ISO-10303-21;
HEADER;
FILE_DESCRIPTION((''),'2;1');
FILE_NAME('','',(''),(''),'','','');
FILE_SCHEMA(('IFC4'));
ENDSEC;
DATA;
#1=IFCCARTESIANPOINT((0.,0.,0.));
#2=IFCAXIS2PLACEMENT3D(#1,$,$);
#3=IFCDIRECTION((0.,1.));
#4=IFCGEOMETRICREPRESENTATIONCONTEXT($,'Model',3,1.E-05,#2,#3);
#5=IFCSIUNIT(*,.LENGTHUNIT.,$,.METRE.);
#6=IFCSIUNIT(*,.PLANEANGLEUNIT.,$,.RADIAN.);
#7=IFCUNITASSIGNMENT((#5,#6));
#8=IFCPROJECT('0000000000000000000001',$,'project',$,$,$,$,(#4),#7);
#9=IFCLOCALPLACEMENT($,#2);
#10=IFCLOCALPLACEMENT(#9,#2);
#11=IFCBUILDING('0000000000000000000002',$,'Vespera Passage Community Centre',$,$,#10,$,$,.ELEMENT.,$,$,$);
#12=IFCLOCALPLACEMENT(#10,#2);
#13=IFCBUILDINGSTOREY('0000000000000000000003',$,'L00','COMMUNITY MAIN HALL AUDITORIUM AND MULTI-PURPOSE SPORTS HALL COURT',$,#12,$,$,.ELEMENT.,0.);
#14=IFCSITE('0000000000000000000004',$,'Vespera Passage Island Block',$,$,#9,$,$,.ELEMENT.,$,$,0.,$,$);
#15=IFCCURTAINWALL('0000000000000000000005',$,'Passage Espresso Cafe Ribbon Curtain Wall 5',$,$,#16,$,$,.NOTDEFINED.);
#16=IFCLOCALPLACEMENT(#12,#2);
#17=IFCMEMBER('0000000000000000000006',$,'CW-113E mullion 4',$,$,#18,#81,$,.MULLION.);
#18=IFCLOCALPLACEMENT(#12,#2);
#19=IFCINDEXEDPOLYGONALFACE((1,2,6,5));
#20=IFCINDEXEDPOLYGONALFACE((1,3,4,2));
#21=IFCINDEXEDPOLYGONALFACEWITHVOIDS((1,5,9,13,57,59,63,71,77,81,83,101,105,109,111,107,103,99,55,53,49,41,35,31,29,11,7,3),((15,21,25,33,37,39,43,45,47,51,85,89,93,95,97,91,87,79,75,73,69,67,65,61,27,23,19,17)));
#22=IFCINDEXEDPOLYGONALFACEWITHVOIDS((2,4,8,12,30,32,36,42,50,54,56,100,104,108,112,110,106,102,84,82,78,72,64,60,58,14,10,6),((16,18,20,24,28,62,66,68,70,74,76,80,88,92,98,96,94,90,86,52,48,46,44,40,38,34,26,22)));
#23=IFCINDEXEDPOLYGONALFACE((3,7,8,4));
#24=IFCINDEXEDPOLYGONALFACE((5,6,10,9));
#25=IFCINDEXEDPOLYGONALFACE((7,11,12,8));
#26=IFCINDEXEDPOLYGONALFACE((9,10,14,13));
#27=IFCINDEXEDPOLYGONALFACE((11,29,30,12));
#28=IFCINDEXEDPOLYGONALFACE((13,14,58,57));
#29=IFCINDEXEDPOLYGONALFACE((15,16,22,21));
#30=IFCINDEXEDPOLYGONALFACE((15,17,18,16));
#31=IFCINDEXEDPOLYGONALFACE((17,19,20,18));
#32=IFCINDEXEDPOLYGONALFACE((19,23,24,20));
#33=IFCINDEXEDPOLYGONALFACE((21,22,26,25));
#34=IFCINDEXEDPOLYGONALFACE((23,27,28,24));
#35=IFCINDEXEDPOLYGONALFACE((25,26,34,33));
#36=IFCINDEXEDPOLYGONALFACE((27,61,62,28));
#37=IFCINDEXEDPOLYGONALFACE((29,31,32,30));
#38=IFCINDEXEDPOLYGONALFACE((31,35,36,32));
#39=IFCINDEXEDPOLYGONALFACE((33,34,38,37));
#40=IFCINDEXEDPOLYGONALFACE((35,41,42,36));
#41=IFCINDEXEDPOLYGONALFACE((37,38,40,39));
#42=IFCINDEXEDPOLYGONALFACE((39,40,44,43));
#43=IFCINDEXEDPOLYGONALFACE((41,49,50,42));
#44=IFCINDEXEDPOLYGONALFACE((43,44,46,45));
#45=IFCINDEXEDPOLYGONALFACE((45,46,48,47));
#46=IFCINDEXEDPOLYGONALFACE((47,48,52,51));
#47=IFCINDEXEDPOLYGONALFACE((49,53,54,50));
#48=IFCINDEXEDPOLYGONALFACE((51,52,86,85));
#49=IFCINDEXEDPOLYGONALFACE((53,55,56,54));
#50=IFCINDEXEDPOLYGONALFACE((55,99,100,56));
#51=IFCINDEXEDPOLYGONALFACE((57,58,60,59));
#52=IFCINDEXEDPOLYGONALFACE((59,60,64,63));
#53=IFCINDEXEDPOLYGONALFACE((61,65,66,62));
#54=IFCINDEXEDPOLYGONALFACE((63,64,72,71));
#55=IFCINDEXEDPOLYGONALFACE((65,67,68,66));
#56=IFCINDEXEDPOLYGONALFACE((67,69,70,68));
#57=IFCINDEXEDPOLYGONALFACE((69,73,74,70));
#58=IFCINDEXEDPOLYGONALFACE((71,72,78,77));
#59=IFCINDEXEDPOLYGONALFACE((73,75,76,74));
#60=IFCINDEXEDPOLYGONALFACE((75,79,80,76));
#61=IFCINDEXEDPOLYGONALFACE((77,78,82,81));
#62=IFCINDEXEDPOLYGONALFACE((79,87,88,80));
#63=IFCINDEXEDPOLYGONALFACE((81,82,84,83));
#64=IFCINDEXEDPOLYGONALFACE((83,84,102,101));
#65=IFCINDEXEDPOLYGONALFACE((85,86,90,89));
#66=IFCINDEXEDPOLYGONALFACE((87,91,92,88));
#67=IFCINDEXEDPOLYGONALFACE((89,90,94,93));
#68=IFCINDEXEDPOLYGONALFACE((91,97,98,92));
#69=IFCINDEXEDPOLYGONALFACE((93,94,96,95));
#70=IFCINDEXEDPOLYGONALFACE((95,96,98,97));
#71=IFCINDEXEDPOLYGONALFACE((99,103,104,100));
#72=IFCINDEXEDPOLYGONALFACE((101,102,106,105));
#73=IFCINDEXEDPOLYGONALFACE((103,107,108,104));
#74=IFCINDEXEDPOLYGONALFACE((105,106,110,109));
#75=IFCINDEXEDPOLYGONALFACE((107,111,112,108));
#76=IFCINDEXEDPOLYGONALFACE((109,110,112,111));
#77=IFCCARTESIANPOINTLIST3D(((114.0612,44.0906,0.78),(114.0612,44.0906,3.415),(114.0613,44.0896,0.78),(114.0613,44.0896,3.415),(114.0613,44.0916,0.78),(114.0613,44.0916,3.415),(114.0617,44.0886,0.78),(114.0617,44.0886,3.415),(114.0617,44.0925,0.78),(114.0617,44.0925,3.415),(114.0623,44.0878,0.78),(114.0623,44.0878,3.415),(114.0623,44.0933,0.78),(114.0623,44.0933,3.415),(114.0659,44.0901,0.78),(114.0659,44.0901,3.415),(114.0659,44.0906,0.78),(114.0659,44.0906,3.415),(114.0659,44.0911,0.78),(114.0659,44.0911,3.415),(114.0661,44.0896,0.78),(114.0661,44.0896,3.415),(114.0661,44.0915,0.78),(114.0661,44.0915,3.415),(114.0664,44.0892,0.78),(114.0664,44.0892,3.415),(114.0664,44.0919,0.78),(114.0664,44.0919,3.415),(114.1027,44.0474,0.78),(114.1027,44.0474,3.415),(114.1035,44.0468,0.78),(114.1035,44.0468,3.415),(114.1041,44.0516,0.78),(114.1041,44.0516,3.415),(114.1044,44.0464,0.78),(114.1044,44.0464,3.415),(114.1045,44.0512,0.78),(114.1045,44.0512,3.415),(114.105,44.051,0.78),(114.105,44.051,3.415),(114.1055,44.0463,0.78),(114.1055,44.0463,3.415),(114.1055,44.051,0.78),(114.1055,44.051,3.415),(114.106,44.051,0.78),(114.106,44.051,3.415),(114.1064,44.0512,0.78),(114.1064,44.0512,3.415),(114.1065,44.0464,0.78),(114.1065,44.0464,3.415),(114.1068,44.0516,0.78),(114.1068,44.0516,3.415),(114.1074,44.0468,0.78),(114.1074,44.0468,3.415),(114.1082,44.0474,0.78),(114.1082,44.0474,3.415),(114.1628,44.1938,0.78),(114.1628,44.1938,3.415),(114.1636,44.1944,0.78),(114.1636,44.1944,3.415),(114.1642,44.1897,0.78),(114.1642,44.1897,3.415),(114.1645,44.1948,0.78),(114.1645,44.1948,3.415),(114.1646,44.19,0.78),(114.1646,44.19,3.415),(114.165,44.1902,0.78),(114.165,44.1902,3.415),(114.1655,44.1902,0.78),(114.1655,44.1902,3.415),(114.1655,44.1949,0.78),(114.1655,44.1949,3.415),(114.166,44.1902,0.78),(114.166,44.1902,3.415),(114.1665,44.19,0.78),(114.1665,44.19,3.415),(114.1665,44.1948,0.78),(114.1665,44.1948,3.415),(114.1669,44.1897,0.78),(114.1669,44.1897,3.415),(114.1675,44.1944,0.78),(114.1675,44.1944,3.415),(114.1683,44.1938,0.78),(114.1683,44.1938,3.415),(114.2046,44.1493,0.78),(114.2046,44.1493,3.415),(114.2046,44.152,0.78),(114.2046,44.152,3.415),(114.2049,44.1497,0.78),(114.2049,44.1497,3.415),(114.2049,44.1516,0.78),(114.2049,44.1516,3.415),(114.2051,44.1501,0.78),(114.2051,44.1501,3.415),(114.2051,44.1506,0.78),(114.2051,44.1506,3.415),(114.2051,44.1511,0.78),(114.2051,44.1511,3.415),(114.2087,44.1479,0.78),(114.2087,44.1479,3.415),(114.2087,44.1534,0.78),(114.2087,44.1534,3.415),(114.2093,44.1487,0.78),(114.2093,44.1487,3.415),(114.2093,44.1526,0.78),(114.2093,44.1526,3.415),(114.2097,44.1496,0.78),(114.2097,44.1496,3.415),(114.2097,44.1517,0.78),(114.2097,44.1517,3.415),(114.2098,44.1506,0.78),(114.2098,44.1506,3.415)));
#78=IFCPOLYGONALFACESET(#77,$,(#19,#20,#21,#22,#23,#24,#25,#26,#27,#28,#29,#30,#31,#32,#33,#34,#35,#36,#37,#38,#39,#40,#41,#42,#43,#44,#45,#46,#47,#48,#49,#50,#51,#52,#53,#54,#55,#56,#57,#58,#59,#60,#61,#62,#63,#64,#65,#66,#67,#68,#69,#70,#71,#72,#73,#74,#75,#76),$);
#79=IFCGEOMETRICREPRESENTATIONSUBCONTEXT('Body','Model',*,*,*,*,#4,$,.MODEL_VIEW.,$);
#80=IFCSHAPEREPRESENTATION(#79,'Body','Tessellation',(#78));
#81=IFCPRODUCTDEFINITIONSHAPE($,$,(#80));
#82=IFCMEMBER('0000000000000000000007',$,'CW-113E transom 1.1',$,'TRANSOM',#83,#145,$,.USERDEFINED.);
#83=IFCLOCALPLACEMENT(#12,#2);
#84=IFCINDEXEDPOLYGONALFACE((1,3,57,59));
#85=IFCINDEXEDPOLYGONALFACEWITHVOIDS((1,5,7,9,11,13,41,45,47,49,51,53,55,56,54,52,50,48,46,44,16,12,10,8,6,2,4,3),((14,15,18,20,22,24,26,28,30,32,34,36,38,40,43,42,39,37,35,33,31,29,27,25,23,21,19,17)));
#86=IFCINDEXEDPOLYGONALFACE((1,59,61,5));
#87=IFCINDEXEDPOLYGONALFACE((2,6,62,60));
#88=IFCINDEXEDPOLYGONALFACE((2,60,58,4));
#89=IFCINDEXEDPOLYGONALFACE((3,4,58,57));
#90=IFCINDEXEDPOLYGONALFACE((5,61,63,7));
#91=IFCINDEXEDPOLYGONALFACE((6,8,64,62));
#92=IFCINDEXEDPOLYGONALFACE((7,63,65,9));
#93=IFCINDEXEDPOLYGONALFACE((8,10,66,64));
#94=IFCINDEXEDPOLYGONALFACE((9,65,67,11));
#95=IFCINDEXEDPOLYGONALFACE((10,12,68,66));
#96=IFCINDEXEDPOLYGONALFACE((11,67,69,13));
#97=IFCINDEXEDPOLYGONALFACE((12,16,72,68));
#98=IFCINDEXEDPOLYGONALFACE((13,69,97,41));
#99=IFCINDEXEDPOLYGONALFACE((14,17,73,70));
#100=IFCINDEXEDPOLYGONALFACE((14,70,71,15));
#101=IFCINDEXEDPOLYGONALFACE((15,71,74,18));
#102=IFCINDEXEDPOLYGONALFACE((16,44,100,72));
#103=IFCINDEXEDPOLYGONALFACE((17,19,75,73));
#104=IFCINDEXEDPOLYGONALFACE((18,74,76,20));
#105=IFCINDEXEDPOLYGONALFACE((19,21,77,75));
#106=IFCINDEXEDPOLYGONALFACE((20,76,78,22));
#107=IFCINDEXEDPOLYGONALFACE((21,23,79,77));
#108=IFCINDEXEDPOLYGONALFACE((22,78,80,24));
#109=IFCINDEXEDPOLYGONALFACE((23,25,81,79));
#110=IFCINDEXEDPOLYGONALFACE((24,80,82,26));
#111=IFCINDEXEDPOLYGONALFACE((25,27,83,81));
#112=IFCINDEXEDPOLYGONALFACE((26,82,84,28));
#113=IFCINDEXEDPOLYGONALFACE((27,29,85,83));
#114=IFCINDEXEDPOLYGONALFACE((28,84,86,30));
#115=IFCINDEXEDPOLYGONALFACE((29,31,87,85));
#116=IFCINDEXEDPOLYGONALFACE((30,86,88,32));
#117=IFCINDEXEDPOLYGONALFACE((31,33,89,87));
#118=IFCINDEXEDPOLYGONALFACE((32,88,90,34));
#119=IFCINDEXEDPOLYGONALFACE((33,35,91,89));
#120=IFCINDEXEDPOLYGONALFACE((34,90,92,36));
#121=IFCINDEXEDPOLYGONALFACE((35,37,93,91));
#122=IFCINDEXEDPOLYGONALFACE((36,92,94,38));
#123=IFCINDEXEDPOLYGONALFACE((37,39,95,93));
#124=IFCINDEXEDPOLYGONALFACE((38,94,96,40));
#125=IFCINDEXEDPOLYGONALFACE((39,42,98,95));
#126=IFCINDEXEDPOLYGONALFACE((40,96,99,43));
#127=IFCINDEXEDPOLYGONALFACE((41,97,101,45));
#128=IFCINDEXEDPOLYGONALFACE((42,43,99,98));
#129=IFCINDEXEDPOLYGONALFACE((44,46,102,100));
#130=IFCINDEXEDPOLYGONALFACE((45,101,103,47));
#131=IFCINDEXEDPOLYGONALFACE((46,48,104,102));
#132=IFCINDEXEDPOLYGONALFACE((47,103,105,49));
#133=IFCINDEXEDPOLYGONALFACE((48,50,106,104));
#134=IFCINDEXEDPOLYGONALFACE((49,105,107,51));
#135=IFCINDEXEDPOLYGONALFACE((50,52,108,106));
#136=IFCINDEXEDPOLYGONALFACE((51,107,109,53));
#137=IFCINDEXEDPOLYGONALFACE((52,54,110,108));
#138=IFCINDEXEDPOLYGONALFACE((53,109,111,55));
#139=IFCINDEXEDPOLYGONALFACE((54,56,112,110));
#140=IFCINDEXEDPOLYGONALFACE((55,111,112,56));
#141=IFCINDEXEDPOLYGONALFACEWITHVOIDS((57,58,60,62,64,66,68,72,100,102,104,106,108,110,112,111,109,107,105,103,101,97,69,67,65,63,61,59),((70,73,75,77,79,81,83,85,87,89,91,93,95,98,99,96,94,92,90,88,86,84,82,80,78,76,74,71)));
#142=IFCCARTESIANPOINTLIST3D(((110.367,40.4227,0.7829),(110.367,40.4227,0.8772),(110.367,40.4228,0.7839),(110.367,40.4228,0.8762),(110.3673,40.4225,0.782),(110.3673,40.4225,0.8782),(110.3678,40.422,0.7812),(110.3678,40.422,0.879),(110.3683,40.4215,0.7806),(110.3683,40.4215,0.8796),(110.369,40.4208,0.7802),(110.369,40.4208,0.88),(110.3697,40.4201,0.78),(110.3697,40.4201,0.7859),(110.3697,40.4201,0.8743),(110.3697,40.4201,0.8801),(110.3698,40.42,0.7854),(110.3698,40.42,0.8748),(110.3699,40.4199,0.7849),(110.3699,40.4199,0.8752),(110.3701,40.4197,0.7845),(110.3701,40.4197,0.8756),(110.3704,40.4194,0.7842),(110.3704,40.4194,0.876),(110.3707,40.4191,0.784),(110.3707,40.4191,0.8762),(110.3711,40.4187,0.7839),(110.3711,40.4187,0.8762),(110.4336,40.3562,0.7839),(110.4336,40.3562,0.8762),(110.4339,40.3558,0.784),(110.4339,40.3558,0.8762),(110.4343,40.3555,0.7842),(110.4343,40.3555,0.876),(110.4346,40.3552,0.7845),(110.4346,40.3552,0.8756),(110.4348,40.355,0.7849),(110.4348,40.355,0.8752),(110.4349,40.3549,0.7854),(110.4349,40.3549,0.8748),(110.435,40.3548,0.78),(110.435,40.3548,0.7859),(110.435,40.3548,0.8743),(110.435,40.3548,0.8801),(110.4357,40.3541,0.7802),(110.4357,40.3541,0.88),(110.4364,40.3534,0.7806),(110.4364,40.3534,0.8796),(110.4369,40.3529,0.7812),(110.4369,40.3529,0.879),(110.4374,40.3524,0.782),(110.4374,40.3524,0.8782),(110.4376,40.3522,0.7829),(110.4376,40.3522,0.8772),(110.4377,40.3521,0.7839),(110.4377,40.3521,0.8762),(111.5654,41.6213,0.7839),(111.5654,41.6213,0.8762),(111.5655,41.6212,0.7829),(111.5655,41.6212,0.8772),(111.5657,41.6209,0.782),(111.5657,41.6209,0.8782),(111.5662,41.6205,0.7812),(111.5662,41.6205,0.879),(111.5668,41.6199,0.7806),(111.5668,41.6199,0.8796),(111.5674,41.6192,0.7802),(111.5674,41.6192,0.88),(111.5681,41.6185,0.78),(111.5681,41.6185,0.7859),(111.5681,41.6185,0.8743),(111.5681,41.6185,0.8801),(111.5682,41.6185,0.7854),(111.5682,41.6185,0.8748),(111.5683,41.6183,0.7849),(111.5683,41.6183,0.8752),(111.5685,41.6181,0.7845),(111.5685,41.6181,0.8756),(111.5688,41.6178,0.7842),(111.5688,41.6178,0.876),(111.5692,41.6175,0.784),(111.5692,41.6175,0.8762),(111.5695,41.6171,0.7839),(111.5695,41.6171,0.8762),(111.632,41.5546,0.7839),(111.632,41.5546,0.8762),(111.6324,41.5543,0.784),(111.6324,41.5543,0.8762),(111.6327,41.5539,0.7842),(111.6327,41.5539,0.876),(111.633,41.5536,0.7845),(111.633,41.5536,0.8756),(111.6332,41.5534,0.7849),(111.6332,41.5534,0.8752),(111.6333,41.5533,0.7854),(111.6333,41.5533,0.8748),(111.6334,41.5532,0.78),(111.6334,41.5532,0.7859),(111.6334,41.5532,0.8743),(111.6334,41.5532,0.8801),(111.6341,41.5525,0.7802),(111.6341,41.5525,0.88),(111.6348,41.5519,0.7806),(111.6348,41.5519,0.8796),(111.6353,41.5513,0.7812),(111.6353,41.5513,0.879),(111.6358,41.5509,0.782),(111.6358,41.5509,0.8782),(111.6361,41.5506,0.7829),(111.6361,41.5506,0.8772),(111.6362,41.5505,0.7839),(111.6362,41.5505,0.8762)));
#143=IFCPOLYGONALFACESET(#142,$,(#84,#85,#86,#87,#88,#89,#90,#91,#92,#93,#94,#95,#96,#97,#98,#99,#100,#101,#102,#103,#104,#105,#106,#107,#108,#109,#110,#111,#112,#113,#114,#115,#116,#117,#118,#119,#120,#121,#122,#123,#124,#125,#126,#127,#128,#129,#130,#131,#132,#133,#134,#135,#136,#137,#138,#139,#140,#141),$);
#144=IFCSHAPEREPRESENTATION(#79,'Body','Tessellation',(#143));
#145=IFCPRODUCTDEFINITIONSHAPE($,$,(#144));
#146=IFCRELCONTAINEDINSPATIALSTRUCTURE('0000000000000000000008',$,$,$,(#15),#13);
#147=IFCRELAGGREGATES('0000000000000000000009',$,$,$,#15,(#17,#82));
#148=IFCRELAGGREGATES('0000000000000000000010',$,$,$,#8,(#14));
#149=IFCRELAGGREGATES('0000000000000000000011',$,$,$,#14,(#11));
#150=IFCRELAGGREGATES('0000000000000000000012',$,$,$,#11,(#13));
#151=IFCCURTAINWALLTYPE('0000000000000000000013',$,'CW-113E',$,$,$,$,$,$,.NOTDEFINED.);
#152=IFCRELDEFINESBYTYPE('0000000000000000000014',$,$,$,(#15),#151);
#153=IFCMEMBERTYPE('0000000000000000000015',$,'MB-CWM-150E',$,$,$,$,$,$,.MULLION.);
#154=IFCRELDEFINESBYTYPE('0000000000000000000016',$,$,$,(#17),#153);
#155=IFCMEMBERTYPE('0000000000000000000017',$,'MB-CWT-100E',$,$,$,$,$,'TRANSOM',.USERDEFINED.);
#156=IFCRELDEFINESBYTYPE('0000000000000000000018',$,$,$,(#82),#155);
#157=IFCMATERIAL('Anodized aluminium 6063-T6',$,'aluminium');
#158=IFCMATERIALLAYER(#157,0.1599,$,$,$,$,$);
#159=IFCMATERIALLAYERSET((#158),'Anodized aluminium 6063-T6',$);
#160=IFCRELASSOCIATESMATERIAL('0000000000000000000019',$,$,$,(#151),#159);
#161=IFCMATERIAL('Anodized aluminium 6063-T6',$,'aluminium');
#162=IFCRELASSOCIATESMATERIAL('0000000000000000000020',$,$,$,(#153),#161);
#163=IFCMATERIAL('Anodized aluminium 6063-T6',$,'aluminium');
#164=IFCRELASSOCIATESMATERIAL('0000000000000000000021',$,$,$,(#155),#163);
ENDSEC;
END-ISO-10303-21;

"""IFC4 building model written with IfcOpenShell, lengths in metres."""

from ifc_helpers import new_model, si_unit, direction, frame, origin, origin_2d, place, context, subcontext, project, spatial, hollow_rectangle, extrude, material, layer, layer_set, material_profile, profile_set, type_object, element, aggregate, save


model = new_model("IFC4")

# Units and contexts
model_context = context("Model", 3, precision=1e-05, world=origin(), true_north=direction((0.0, 1.0)))
body_context = subcontext(model_context, "Body", "Model", "MODEL_VIEW")
ifc_project = project(units=[si_unit("LENGTHUNIT", "METRE"), si_unit("PLANEANGLEUNIT", "RADIAN")], contexts=[model_context])

# Site, building, storey
site_placement = place(None, origin())
site = spatial("IfcSite", under=ifc_project, at=site_placement, Name="Vespera Passage Island Block", CompositionType="ELEMENT", RefElevation=0.0)
building_placement = place(site_placement, origin())
building = spatial("IfcBuilding", under=site, at=building_placement, Name="Vespera Passage Community Centre", CompositionType="ELEMENT")
storey_placement = place(building_placement, origin())
storey = spatial("IfcBuildingStorey", under=building, at=storey_placement, Name="L00", Description="COMMUNITY MAIN HALL AUDITORIUM AND MULTI-PURPOSE SPORTS HALL COURT", CompositionType="ELEMENT", Elevation=0.0)

# Curtain wall, members
ifc_material_1 = material(Name="Anodized aluminium 6063-T6", Category="aluminium")
ifc_layer_1 = layer(ifc_material_1, 0.1599)
ifc_layer_set_1 = layer_set([ifc_layer_1], Name="Anodized aluminium 6063-T6")
curtain_wall_type = type_object("IfcCurtainWallType", Name="CW-113E", PredefinedType="NOTDEFINED", material=ifc_layer_set_1)
curtain_wall_placement = place(storey_placement, origin())
curtain_wall = element("IfcCurtainWall", 1, at=curtain_wall_placement, inside=storey, type_object=curtain_wall_type, Name="Passage Espresso Cafe Ribbon Curtain Wall 5", PredefinedType="NOTDEFINED")
ifc_material_2 = material(Name="Anodized aluminium 6063-T6", Category="aluminium")
ifc_material_profile_1 = material_profile(ifc_material_2, hollow_rectangle(XDim=0.0649, YDim=0.1499, WallThickness=0.0039, InnerFilletRadius=0.002, OuterFilletRadius=0.0039, at=origin_2d()), Name="ALU150X65X4")
ifc_profile_set_1 = profile_set([ifc_material_profile_1], Name="Anodized aluminium 6063-T6")
member_type_1 = type_object("IfcMemberType", Name="MB-CWM-150E", PredefinedType="MULLION", material=ifc_profile_set_1)
member_1_placement = place(storey_placement, frame((114.1355, 44.1206, 0.78), z_axis=(0.0, 0.0, 1.0), x_axis=(-0.707107, 0.707107, 0.0)))
member_1 = element("IfcMember", 2, at=member_1_placement, type_object=member_type_1, Name="CW-113E mullion 4", PredefinedType="MULLION", context=body_context, shape_type="SweptSolid", body=[
    extrude(hollow_rectangle(XDim=0.0649, YDim=0.1499, WallThickness=0.0039, InnerFilletRadius=0.002, OuterFilletRadius=0.0039, at=origin_2d()), origin(), (0.0, 0.0, 1.0), 2.635),
])
ifc_material_3 = material(Name="Anodized aluminium 6063-T6", Category="aluminium")
ifc_material_profile_2 = material_profile(ifc_material_3, hollow_rectangle(XDim=0.1001, YDim=0.1001, WallThickness=0.0039, InnerFilletRadius=0.002, OuterFilletRadius=0.0039, at=origin_2d()), Name="ALU100X100X4")
ifc_profile_set_2 = profile_set([ifc_material_profile_2], Name="Anodized aluminium 6063-T6")
member_type_2 = type_object("IfcMemberType", Name="MB-CWT-100E", ElementType="TRANSOM", PredefinedType="USERDEFINED", material=ifc_profile_set_2)
member_2_placement = place(storey_placement, frame((110.4023, 40.3875, 0.8301), z_axis=(0.707107, 0.707107, 0.0), x_axis=(-0.707107, 0.707107, 0.0)))
member_2 = element("IfcMember", 3, at=member_2_placement, type_object=member_type_2, Name="CW-113E transom 1.1", ObjectType="TRANSOM", PredefinedType="USERDEFINED", context=body_context, shape_type="SweptSolid", body=[
    extrude(hollow_rectangle(XDim=0.1001, YDim=0.1001, WallThickness=0.0039, InnerFilletRadius=0.002, OuterFilletRadius=0.0039, at=origin_2d()), origin(), (0.0, 0.0, 1.0), 1.6948),
])
aggregate(curtain_wall, [member_1, member_2])

save(model, "model.ifc")
